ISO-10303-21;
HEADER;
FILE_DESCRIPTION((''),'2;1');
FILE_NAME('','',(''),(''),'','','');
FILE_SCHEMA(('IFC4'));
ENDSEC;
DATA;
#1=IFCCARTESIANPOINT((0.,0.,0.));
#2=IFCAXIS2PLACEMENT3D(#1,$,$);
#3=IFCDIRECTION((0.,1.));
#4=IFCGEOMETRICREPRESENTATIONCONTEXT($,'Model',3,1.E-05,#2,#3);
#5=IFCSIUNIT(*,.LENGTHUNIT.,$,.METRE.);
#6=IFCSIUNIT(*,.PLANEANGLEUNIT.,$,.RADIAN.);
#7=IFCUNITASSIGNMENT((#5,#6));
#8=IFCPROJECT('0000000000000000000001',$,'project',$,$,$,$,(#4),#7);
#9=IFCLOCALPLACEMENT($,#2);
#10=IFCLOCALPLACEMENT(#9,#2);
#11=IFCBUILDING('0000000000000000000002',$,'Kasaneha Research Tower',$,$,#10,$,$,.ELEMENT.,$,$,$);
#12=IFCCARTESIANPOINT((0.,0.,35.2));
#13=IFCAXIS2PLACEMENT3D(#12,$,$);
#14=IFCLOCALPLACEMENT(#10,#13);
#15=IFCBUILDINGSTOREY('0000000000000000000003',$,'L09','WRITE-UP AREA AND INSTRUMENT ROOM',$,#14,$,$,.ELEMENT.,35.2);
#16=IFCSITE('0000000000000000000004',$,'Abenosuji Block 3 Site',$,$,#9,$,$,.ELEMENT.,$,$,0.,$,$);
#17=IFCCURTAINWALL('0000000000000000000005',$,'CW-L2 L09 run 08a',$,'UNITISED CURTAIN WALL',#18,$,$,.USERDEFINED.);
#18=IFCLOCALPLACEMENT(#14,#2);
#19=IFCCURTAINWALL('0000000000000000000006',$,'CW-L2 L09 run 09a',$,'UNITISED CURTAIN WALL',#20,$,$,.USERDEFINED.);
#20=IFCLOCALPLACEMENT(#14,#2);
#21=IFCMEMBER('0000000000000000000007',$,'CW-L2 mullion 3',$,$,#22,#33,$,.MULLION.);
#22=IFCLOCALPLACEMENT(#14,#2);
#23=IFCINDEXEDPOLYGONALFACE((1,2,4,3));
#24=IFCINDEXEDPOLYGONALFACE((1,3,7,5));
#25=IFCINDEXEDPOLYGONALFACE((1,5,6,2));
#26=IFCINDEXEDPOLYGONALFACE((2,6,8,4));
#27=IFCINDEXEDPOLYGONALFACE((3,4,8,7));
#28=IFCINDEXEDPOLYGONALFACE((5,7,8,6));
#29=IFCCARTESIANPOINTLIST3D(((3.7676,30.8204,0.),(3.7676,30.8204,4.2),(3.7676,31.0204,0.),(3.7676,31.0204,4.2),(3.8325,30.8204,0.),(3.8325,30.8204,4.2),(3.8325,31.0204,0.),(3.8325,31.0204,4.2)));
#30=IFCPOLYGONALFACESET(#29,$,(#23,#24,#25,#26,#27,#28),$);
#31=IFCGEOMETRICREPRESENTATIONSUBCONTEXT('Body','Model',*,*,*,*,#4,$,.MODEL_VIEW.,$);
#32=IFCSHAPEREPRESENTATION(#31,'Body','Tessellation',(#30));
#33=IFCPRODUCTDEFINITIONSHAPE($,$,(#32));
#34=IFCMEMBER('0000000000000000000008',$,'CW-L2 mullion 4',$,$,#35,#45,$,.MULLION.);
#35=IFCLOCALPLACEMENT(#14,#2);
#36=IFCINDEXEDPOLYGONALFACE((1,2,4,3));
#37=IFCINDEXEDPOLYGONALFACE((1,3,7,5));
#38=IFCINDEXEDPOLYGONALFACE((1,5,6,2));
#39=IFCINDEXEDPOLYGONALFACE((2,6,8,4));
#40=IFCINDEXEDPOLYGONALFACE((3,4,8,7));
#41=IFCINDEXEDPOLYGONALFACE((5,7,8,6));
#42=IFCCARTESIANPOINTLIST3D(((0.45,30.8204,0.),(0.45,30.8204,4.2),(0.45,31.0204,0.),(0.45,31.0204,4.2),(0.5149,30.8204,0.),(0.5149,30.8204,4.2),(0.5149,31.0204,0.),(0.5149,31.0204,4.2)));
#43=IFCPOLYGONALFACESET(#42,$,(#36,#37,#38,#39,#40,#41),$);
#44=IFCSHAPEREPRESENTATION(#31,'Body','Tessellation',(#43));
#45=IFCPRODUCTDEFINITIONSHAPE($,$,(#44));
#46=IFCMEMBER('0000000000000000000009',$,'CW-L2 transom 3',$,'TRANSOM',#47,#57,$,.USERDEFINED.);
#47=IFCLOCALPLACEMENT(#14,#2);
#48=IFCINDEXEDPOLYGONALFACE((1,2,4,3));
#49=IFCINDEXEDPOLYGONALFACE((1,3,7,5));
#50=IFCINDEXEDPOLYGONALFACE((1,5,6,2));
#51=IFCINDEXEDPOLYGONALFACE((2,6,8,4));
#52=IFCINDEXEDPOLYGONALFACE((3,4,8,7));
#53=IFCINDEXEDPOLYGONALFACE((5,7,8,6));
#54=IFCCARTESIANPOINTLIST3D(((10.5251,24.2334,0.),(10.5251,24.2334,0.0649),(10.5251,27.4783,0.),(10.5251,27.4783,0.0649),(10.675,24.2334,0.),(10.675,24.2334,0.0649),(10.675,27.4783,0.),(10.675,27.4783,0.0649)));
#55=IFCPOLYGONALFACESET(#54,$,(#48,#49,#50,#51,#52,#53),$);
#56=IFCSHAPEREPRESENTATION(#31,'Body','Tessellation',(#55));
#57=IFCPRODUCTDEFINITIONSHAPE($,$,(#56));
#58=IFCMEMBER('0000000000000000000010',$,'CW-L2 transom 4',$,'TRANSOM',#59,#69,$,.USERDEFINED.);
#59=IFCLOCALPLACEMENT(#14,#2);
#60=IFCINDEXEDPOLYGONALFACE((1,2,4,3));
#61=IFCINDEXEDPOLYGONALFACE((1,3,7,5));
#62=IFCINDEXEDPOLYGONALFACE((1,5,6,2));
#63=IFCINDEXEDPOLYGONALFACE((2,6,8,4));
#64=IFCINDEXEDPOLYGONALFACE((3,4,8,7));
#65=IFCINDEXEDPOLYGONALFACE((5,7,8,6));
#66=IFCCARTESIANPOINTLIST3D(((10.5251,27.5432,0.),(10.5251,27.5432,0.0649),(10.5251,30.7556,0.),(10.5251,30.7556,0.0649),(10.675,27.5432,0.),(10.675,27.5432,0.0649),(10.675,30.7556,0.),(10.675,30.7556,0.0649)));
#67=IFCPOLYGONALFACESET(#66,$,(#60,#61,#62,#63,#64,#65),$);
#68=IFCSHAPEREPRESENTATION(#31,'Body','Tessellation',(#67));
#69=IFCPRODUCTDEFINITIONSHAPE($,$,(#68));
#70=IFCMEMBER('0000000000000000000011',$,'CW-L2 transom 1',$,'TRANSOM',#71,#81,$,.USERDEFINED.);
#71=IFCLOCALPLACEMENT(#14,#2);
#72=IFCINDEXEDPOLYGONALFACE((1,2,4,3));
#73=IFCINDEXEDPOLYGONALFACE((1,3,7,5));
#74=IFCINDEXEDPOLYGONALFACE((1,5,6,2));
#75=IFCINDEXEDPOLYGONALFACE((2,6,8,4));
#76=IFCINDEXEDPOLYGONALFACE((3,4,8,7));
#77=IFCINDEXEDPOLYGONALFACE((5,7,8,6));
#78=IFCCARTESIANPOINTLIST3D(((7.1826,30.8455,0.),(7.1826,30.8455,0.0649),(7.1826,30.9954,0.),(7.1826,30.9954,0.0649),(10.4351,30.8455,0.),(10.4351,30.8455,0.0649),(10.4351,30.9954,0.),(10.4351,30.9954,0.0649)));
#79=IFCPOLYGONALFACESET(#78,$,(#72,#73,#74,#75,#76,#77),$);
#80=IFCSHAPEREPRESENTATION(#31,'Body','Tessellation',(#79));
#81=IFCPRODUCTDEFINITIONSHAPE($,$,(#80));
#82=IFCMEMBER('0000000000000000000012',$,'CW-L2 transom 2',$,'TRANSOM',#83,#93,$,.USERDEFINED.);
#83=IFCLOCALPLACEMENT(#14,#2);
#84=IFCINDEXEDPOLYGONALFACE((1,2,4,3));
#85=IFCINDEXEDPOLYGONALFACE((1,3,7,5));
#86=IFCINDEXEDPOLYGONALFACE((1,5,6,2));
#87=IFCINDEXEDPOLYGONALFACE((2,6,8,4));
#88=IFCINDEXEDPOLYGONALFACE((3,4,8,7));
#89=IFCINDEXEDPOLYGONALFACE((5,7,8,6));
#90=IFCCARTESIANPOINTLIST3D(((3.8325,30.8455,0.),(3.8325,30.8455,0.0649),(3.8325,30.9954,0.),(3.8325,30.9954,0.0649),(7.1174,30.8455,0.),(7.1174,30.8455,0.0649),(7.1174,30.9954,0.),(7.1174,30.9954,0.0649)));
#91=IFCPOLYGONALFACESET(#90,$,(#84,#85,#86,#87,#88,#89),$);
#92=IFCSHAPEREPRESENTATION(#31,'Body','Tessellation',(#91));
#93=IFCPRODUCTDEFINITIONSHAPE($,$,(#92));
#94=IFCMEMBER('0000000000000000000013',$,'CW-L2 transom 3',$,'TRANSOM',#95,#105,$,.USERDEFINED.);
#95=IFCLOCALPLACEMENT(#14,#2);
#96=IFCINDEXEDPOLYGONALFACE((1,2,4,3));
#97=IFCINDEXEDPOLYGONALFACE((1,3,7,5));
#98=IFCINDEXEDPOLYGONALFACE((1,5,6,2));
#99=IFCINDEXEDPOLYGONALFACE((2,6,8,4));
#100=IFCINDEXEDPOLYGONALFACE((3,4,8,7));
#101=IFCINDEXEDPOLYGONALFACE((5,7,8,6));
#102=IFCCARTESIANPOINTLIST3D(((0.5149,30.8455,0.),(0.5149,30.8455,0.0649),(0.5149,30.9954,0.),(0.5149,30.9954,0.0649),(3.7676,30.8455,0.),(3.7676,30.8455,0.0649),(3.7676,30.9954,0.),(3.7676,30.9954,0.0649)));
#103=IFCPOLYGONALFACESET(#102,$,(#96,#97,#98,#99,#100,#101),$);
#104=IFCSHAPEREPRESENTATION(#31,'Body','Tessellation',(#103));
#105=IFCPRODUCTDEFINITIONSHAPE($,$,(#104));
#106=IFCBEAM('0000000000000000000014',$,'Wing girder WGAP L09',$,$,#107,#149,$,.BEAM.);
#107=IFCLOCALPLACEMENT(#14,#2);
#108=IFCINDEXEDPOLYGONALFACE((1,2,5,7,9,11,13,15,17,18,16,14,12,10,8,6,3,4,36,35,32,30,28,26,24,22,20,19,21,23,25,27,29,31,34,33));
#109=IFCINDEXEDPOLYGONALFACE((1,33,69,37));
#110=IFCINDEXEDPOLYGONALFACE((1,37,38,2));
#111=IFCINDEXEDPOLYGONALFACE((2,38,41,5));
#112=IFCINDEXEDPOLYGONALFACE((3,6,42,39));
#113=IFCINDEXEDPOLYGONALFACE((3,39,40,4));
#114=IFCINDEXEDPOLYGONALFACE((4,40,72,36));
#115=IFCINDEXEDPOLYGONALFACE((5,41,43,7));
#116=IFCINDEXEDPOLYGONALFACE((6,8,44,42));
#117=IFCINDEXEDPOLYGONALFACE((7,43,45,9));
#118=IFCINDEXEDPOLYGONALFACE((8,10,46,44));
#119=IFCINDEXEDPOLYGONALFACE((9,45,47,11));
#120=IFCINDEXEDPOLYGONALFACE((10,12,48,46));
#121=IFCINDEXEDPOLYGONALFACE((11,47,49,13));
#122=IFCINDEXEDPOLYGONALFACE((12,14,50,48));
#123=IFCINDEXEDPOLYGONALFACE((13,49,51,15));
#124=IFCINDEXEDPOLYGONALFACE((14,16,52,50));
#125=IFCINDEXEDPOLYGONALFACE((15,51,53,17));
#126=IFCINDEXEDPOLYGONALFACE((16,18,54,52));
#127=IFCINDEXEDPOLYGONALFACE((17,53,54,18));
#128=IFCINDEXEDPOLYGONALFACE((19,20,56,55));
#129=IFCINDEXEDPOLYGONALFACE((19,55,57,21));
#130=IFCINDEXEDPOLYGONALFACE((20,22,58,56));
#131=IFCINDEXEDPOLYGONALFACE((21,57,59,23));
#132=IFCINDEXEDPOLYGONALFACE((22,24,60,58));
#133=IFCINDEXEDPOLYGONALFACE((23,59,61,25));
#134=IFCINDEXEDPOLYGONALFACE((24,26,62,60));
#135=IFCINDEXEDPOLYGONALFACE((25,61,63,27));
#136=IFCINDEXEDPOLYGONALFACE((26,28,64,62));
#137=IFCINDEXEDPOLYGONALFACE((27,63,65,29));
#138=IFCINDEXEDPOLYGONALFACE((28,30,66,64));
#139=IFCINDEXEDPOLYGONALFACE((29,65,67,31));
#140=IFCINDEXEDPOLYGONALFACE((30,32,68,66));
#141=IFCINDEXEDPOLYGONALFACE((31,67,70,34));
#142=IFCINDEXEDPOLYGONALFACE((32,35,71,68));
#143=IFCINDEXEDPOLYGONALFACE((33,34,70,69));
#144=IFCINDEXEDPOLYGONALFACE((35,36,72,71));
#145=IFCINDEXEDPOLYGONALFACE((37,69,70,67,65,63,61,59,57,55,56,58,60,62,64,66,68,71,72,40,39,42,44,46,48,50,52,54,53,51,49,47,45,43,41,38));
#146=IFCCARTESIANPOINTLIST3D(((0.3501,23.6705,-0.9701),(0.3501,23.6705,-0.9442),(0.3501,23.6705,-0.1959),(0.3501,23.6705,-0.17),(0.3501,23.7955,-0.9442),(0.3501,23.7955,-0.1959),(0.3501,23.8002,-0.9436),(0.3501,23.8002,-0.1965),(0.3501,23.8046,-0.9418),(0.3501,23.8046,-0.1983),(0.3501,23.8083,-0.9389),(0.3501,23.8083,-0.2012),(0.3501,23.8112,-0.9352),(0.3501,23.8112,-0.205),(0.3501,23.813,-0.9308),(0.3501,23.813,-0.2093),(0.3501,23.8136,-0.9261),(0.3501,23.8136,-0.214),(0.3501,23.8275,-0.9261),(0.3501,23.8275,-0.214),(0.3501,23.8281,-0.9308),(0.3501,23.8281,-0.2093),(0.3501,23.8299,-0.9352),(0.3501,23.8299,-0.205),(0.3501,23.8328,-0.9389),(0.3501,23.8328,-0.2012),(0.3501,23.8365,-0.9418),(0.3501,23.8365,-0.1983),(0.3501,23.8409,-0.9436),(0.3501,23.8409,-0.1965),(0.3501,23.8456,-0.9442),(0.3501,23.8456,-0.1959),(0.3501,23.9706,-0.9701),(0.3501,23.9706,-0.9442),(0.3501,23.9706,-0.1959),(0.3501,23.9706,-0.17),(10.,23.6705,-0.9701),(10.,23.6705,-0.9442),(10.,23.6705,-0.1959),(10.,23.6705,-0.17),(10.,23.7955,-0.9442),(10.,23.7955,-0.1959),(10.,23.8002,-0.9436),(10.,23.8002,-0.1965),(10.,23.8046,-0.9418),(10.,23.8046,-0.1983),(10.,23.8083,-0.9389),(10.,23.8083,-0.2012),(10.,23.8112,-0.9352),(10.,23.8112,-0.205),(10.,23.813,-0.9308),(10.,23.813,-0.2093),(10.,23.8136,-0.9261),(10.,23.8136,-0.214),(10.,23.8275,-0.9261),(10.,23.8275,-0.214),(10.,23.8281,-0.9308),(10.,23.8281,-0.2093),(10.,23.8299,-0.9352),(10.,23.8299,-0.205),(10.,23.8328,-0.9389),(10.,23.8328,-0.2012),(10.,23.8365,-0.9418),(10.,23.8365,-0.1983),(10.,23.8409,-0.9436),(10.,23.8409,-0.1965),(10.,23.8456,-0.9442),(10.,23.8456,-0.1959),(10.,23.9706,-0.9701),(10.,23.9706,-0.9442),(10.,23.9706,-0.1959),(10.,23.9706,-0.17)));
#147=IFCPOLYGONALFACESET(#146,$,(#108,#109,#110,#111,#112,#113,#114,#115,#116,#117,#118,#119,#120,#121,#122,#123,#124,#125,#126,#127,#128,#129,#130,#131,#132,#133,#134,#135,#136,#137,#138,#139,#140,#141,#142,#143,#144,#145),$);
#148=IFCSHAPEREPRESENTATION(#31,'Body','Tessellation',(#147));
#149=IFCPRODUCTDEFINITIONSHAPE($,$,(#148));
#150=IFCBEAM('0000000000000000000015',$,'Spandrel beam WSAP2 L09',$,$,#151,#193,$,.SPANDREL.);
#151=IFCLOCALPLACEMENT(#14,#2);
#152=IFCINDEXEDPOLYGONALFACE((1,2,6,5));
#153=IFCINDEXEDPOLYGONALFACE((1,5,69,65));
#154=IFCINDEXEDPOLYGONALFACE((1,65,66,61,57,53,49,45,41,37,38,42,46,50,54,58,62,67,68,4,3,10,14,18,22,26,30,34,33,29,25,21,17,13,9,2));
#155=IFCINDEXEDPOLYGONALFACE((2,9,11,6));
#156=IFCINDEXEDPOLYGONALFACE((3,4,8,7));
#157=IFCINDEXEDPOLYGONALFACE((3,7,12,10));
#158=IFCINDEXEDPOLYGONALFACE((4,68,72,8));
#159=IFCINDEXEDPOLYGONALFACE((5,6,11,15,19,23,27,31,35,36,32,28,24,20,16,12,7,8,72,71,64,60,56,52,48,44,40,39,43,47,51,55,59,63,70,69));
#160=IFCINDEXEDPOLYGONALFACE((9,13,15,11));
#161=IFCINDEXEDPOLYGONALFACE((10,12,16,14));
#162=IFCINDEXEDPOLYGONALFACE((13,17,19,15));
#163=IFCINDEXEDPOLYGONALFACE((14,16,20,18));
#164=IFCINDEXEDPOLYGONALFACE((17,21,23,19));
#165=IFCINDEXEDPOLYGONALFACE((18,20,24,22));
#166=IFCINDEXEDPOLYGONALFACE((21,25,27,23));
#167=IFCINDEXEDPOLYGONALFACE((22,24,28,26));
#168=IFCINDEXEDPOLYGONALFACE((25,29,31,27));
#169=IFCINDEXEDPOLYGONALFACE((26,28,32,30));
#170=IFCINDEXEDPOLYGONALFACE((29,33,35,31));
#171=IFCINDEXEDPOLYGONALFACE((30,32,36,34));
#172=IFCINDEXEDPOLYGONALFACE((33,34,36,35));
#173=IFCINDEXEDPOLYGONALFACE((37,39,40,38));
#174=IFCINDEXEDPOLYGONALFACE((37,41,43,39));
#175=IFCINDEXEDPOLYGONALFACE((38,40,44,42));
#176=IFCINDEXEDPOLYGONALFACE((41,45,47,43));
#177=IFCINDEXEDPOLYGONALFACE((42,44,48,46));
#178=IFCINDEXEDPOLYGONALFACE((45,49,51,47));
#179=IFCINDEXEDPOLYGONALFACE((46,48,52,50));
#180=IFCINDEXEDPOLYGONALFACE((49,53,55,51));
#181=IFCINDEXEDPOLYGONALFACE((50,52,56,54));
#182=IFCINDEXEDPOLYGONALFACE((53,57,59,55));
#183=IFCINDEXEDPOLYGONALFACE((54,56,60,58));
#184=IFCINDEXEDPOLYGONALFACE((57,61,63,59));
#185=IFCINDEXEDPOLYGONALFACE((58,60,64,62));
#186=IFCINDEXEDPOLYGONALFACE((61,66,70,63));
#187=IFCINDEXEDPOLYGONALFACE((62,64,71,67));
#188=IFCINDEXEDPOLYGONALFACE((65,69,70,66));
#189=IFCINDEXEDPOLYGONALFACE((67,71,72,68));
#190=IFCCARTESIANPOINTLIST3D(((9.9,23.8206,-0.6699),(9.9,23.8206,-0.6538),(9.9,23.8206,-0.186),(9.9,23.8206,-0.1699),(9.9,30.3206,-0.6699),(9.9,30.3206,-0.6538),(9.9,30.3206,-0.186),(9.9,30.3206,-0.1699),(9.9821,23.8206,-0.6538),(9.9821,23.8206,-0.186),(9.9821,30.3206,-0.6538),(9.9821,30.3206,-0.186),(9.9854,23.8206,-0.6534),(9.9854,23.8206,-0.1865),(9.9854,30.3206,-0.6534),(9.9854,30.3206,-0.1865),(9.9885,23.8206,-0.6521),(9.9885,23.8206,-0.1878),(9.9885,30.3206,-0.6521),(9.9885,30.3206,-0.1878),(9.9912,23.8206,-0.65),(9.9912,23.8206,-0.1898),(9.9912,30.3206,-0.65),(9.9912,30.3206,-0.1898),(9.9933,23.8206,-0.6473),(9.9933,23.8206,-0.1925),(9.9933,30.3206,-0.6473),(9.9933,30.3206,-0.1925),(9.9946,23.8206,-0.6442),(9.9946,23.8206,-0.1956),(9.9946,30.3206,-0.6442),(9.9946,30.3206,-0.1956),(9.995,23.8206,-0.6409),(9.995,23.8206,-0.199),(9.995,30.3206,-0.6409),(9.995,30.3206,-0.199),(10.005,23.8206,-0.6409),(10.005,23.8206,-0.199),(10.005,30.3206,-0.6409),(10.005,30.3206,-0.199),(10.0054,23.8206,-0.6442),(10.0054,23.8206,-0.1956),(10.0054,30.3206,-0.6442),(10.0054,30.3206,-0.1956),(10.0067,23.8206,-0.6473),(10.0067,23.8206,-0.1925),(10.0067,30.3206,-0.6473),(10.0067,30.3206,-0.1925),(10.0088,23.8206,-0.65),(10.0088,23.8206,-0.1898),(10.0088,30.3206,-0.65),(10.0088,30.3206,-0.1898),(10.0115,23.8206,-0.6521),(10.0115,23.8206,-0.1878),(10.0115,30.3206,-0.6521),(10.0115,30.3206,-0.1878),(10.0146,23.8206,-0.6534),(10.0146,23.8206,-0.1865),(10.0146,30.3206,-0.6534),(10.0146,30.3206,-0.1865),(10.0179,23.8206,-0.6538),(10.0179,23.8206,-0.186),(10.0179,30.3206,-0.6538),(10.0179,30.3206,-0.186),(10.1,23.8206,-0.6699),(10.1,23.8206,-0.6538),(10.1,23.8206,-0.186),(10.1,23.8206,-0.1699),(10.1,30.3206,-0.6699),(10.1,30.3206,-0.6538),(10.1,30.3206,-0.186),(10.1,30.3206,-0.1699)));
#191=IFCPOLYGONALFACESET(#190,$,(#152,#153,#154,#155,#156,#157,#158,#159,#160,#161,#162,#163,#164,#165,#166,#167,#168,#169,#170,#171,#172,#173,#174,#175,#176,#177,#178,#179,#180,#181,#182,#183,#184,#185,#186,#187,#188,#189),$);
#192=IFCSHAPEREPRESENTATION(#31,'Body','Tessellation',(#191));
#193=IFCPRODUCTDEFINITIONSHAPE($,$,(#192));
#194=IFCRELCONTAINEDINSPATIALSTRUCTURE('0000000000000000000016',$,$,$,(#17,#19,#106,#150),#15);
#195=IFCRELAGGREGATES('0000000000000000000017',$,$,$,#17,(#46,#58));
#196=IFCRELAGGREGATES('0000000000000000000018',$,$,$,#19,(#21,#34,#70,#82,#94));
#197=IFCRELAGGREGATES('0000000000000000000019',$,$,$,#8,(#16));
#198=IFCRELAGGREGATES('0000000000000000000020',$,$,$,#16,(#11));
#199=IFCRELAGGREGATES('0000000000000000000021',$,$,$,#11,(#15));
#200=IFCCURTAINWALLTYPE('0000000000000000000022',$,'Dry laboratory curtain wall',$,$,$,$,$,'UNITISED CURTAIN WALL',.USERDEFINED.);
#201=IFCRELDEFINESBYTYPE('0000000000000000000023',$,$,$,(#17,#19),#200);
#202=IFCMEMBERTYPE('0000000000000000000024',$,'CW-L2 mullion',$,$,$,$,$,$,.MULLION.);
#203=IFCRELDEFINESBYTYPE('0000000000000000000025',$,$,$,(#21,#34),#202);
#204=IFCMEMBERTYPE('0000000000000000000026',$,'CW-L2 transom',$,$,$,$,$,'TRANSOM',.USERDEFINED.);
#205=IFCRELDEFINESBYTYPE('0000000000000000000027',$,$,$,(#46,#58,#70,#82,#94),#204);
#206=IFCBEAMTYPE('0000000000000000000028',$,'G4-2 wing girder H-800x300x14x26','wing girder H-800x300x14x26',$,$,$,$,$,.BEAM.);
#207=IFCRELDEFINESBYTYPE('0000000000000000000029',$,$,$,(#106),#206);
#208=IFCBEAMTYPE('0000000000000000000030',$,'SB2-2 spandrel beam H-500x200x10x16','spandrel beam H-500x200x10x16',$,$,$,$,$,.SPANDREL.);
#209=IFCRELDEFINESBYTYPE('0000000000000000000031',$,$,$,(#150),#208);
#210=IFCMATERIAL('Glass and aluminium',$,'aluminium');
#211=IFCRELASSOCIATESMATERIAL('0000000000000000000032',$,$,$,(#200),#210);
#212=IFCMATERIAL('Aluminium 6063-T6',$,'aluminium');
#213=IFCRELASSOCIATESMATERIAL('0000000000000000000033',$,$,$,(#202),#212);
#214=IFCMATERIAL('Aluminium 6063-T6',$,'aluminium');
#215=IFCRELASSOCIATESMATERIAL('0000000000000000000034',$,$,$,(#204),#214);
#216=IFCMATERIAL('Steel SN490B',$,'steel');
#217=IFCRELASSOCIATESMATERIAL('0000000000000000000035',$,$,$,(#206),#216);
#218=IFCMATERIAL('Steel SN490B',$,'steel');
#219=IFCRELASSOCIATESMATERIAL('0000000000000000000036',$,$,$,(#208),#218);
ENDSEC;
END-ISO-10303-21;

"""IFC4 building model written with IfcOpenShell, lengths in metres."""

from ifc_helpers import new_model, si_unit, direction, frame, origin, origin_2d, place, context, subcontext, project, spatial, rectangle, i_section, extrude, material, material_profile, profile_set, type_object, element, aggregate, save


model = new_model("IFC4")

# Units and contexts
model_context = context("Model", 3, precision=1e-05, world=origin(), true_north=direction((0.0, 1.0)))
body_context = subcontext(model_context, "Body", "Model", "MODEL_VIEW")
ifc_project = project(units=[si_unit("LENGTHUNIT", "METRE"), si_unit("PLANEANGLEUNIT", "RADIAN")], contexts=[model_context])

# Site, building, storey
site_placement = place(None, origin())
site = spatial("IfcSite", under=ifc_project, at=site_placement, Name="Abenosuji Block 3 Site", CompositionType="ELEMENT", RefElevation=0.0)
building_placement = place(site_placement, origin())
building = spatial("IfcBuilding", under=site, at=building_placement, Name="Kasaneha Research Tower", CompositionType="ELEMENT")
storey_placement = place(building_placement, frame((0.0, 0.0, 35.2)))
storey = spatial("IfcBuildingStorey", under=building, at=storey_placement, Name="L09", Description="WRITE-UP AREA AND INSTRUMENT ROOM", CompositionType="ELEMENT", Elevation=35.2)

# Curtain walls, members
ifc_material_1 = material(Name="Glass and aluminium", Category="aluminium")
curtain_wall_type = type_object("IfcCurtainWallType", Name="Dry laboratory curtain wall", ElementType="UNITISED CURTAIN WALL", PredefinedType="USERDEFINED", material=ifc_material_1)
curtain_wall_1_placement = place(storey_placement, origin())
curtain_wall_1 = element("IfcCurtainWall", 1, at=curtain_wall_1_placement, inside=storey, type_object=curtain_wall_type, Name="CW-L2 L09 run 08a", ObjectType="UNITISED CURTAIN WALL", PredefinedType="USERDEFINED")
ifc_material_2 = material(Name="Aluminium 6063-T6", Category="aluminium")
ifc_material_profile_1 = material_profile(ifc_material_2, rectangle(XDim=0.0649, YDim=0.2, at=origin_2d()), Name="CW-L2 mullion 65x200")
ifc_profile_set_1 = profile_set([ifc_material_profile_1], Name="Aluminium 6063-T6")
member_type_1 = type_object("IfcMemberType", Name="CW-L2 mullion", PredefinedType="MULLION", material=ifc_profile_set_1)
curtain_wall_2_placement = place(storey_placement, origin())
curtain_wall_2 = element("IfcCurtainWall", 2, at=curtain_wall_2_placement, inside=storey, type_object=curtain_wall_type, Name="CW-L2 L09 run 09a", ObjectType="UNITISED CURTAIN WALL", PredefinedType="USERDEFINED")
member_1_placement = place(storey_placement, frame((3.8, 30.9204, 0.0), z_axis=(0.0, 0.0, 1.0), x_axis=(-1.0, 0.0, 0.0)))
member_1 = element("IfcMember", 3, at=member_1_placement, type_object=member_type_1, Name="CW-L2 mullion 3", PredefinedType="MULLION", context=body_context, shape_type="SweptSolid", body=[
    extrude(rectangle(XDim=0.0649, YDim=0.2, at=origin_2d()), origin(), (0.0, 0.0, 1.0), 4.2),
])
member_2_placement = place(storey_placement, frame((0.4824, 30.9204, 0.0), z_axis=(0.0, 0.0, 1.0), x_axis=(-1.0, 0.0, 0.0)))
member_2 = element("IfcMember", 4, at=member_2_placement, type_object=member_type_1, Name="CW-L2 mullion 4", PredefinedType="MULLION", context=body_context, shape_type="SweptSolid", body=[
    extrude(rectangle(XDim=0.0649, YDim=0.2, at=origin_2d()), origin(), (0.0, 0.0, 1.0), 4.2),
])

# Members
ifc_material_3 = material(Name="Aluminium 6063-T6", Category="aluminium")
ifc_material_profile_2 = material_profile(ifc_material_3, rectangle(XDim=0.1499, YDim=0.0649, at=origin_2d()), Name="CW-L2 transom 150x65")
ifc_profile_set_2 = profile_set([ifc_material_profile_2], Name="Aluminium 6063-T6")
member_type_2 = type_object("IfcMemberType", Name="CW-L2 transom", ElementType="TRANSOM", PredefinedType="USERDEFINED", material=ifc_profile_set_2)
member_3_placement = place(storey_placement, frame((10.6001, 24.2334, 0.0325), z_axis=(0.0, 1.0, 0.0), x_axis=(-1.0, 0.0, 0.0)))
member_3 = element("IfcMember", 5, at=member_3_placement, type_object=member_type_2, Name="CW-L2 transom 3", ObjectType="TRANSOM", PredefinedType="USERDEFINED", context=body_context, shape_type="SweptSolid", body=[
    extrude(rectangle(XDim=0.1499, YDim=0.0649, at=origin_2d()), origin(), (0.0, 0.0, 1.0), 3.2449),
])
member_4_placement = place(storey_placement, frame((10.6001, 27.5432, 0.0325), z_axis=(0.0, 1.0, 0.0), x_axis=(-1.0, 0.0, 0.0)))
member_4 = element("IfcMember", 6, at=member_4_placement, type_object=member_type_2, Name="CW-L2 transom 4", ObjectType="TRANSOM", PredefinedType="USERDEFINED", context=body_context, shape_type="SweptSolid", body=[
    extrude(rectangle(XDim=0.1499, YDim=0.0649, at=origin_2d()), origin(), (0.0, 0.0, 1.0), 3.2124),
])
member_5_placement = place(storey_placement, frame((10.4351, 30.9204, 0.0325), z_axis=(-1.0, 0.0, 0.0), x_axis=(0.0, -1.0, 0.0)))
member_5 = element("IfcMember", 7, at=member_5_placement, type_object=member_type_2, Name="CW-L2 transom 1", ObjectType="TRANSOM", PredefinedType="USERDEFINED", context=body_context, shape_type="SweptSolid", body=[
    extrude(rectangle(XDim=0.1499, YDim=0.0649, at=origin_2d()), origin(), (0.0, 0.0, 1.0), 3.2524),
])
member_6_placement = place(storey_placement, frame((7.1174, 30.9204, 0.0325), z_axis=(-1.0, 0.0, 0.0), x_axis=(0.0, -1.0, 0.0)))
member_6 = element("IfcMember", 8, at=member_6_placement, type_object=member_type_2, Name="CW-L2 transom 2", ObjectType="TRANSOM", PredefinedType="USERDEFINED", context=body_context, shape_type="SweptSolid", body=[
    extrude(rectangle(XDim=0.1499, YDim=0.0649, at=origin_2d()), origin(), (0.0, 0.0, 1.0), 3.2849),
])
member_7_placement = place(storey_placement, frame((3.7676, 30.9204, 0.0325), z_axis=(-1.0, 0.0, 0.0), x_axis=(0.0, -1.0, 0.0)))
member_7 = element("IfcMember", 9, at=member_7_placement, type_object=member_type_2, Name="CW-L2 transom 3", ObjectType="TRANSOM", PredefinedType="USERDEFINED", context=body_context, shape_type="SweptSolid", body=[
    extrude(rectangle(XDim=0.1499, YDim=0.0649, at=origin_2d()), origin(), (0.0, 0.0, 1.0), 3.2527),
])

# Beams
ifc_material_4 = material(Name="Steel SN490B", Category="steel")
ifc_material_profile_3 = material_profile(ifc_material_4, i_section(OverallWidth=0.3, OverallDepth=0.8, WebThickness=0.0139, FlangeThickness=0.0259, FilletRadius=0.0181, at=origin_2d()), Name="H-800x300x14x26")
ifc_profile_set_3 = profile_set([ifc_material_profile_3], Name="Steel SN490B")
beam_type_1 = type_object("IfcBeamType", Name="G4-2 wing girder H-800x300x14x26", Description="wing girder H-800x300x14x26", PredefinedType="BEAM", material=ifc_profile_set_3)
beam_1_placement = place(storey_placement, frame((10.0, 23.8206, -0.5701), z_axis=(-1.0, 0.0, 0.0), x_axis=(0.0, -1.0, 0.0)))
element("IfcBeam", 10, at=beam_1_placement, inside=storey, type_object=beam_type_1, Name="Wing girder WGAP L09", PredefinedType="BEAM", context=body_context, shape_type="SweptSolid", body=[
    extrude(i_section(OverallWidth=0.3, OverallDepth=0.8, WebThickness=0.0139, FlangeThickness=0.0259, FilletRadius=0.0181, at=origin_2d()), origin(), (0.0, 0.0, 1.0), 9.6499),
])
ifc_material_5 = material(Name="Steel SN490B", Category="steel")
ifc_material_profile_4 = material_profile(ifc_material_5, i_section(OverallWidth=0.2, OverallDepth=0.5, WebThickness=0.01, FlangeThickness=0.0161, FilletRadius=0.0129, at=origin_2d()), Name="H-500x200x10x16")
ifc_profile_set_4 = profile_set([ifc_material_profile_4], Name="Steel SN490B")
beam_type_2 = type_object("IfcBeamType", Name="SB2-2 spandrel beam H-500x200x10x16", Description="spandrel beam H-500x200x10x16", PredefinedType="SPANDREL", material=ifc_profile_set_4)
beam_2_placement = place(storey_placement, frame((10.0, 23.8206, -0.4199), z_axis=(0.0, 1.0, 0.0), x_axis=(-1.0, 0.0, 0.0)))
element("IfcBeam", 11, at=beam_2_placement, inside=storey, type_object=beam_type_2, Name="Spandrel beam WSAP2 L09", PredefinedType="SPANDREL", context=body_context, shape_type="SweptSolid", body=[
    extrude(i_section(OverallWidth=0.2, OverallDepth=0.5, WebThickness=0.01, FlangeThickness=0.0161, FilletRadius=0.0129, at=origin_2d()), origin(), (0.0, 0.0, 1.0), 6.5),
])

aggregate(curtain_wall_1, [member_3, member_4])
aggregate(curtain_wall_2, [member_1, member_2, member_5, member_6, member_7])

save(model, "model.ifc")
